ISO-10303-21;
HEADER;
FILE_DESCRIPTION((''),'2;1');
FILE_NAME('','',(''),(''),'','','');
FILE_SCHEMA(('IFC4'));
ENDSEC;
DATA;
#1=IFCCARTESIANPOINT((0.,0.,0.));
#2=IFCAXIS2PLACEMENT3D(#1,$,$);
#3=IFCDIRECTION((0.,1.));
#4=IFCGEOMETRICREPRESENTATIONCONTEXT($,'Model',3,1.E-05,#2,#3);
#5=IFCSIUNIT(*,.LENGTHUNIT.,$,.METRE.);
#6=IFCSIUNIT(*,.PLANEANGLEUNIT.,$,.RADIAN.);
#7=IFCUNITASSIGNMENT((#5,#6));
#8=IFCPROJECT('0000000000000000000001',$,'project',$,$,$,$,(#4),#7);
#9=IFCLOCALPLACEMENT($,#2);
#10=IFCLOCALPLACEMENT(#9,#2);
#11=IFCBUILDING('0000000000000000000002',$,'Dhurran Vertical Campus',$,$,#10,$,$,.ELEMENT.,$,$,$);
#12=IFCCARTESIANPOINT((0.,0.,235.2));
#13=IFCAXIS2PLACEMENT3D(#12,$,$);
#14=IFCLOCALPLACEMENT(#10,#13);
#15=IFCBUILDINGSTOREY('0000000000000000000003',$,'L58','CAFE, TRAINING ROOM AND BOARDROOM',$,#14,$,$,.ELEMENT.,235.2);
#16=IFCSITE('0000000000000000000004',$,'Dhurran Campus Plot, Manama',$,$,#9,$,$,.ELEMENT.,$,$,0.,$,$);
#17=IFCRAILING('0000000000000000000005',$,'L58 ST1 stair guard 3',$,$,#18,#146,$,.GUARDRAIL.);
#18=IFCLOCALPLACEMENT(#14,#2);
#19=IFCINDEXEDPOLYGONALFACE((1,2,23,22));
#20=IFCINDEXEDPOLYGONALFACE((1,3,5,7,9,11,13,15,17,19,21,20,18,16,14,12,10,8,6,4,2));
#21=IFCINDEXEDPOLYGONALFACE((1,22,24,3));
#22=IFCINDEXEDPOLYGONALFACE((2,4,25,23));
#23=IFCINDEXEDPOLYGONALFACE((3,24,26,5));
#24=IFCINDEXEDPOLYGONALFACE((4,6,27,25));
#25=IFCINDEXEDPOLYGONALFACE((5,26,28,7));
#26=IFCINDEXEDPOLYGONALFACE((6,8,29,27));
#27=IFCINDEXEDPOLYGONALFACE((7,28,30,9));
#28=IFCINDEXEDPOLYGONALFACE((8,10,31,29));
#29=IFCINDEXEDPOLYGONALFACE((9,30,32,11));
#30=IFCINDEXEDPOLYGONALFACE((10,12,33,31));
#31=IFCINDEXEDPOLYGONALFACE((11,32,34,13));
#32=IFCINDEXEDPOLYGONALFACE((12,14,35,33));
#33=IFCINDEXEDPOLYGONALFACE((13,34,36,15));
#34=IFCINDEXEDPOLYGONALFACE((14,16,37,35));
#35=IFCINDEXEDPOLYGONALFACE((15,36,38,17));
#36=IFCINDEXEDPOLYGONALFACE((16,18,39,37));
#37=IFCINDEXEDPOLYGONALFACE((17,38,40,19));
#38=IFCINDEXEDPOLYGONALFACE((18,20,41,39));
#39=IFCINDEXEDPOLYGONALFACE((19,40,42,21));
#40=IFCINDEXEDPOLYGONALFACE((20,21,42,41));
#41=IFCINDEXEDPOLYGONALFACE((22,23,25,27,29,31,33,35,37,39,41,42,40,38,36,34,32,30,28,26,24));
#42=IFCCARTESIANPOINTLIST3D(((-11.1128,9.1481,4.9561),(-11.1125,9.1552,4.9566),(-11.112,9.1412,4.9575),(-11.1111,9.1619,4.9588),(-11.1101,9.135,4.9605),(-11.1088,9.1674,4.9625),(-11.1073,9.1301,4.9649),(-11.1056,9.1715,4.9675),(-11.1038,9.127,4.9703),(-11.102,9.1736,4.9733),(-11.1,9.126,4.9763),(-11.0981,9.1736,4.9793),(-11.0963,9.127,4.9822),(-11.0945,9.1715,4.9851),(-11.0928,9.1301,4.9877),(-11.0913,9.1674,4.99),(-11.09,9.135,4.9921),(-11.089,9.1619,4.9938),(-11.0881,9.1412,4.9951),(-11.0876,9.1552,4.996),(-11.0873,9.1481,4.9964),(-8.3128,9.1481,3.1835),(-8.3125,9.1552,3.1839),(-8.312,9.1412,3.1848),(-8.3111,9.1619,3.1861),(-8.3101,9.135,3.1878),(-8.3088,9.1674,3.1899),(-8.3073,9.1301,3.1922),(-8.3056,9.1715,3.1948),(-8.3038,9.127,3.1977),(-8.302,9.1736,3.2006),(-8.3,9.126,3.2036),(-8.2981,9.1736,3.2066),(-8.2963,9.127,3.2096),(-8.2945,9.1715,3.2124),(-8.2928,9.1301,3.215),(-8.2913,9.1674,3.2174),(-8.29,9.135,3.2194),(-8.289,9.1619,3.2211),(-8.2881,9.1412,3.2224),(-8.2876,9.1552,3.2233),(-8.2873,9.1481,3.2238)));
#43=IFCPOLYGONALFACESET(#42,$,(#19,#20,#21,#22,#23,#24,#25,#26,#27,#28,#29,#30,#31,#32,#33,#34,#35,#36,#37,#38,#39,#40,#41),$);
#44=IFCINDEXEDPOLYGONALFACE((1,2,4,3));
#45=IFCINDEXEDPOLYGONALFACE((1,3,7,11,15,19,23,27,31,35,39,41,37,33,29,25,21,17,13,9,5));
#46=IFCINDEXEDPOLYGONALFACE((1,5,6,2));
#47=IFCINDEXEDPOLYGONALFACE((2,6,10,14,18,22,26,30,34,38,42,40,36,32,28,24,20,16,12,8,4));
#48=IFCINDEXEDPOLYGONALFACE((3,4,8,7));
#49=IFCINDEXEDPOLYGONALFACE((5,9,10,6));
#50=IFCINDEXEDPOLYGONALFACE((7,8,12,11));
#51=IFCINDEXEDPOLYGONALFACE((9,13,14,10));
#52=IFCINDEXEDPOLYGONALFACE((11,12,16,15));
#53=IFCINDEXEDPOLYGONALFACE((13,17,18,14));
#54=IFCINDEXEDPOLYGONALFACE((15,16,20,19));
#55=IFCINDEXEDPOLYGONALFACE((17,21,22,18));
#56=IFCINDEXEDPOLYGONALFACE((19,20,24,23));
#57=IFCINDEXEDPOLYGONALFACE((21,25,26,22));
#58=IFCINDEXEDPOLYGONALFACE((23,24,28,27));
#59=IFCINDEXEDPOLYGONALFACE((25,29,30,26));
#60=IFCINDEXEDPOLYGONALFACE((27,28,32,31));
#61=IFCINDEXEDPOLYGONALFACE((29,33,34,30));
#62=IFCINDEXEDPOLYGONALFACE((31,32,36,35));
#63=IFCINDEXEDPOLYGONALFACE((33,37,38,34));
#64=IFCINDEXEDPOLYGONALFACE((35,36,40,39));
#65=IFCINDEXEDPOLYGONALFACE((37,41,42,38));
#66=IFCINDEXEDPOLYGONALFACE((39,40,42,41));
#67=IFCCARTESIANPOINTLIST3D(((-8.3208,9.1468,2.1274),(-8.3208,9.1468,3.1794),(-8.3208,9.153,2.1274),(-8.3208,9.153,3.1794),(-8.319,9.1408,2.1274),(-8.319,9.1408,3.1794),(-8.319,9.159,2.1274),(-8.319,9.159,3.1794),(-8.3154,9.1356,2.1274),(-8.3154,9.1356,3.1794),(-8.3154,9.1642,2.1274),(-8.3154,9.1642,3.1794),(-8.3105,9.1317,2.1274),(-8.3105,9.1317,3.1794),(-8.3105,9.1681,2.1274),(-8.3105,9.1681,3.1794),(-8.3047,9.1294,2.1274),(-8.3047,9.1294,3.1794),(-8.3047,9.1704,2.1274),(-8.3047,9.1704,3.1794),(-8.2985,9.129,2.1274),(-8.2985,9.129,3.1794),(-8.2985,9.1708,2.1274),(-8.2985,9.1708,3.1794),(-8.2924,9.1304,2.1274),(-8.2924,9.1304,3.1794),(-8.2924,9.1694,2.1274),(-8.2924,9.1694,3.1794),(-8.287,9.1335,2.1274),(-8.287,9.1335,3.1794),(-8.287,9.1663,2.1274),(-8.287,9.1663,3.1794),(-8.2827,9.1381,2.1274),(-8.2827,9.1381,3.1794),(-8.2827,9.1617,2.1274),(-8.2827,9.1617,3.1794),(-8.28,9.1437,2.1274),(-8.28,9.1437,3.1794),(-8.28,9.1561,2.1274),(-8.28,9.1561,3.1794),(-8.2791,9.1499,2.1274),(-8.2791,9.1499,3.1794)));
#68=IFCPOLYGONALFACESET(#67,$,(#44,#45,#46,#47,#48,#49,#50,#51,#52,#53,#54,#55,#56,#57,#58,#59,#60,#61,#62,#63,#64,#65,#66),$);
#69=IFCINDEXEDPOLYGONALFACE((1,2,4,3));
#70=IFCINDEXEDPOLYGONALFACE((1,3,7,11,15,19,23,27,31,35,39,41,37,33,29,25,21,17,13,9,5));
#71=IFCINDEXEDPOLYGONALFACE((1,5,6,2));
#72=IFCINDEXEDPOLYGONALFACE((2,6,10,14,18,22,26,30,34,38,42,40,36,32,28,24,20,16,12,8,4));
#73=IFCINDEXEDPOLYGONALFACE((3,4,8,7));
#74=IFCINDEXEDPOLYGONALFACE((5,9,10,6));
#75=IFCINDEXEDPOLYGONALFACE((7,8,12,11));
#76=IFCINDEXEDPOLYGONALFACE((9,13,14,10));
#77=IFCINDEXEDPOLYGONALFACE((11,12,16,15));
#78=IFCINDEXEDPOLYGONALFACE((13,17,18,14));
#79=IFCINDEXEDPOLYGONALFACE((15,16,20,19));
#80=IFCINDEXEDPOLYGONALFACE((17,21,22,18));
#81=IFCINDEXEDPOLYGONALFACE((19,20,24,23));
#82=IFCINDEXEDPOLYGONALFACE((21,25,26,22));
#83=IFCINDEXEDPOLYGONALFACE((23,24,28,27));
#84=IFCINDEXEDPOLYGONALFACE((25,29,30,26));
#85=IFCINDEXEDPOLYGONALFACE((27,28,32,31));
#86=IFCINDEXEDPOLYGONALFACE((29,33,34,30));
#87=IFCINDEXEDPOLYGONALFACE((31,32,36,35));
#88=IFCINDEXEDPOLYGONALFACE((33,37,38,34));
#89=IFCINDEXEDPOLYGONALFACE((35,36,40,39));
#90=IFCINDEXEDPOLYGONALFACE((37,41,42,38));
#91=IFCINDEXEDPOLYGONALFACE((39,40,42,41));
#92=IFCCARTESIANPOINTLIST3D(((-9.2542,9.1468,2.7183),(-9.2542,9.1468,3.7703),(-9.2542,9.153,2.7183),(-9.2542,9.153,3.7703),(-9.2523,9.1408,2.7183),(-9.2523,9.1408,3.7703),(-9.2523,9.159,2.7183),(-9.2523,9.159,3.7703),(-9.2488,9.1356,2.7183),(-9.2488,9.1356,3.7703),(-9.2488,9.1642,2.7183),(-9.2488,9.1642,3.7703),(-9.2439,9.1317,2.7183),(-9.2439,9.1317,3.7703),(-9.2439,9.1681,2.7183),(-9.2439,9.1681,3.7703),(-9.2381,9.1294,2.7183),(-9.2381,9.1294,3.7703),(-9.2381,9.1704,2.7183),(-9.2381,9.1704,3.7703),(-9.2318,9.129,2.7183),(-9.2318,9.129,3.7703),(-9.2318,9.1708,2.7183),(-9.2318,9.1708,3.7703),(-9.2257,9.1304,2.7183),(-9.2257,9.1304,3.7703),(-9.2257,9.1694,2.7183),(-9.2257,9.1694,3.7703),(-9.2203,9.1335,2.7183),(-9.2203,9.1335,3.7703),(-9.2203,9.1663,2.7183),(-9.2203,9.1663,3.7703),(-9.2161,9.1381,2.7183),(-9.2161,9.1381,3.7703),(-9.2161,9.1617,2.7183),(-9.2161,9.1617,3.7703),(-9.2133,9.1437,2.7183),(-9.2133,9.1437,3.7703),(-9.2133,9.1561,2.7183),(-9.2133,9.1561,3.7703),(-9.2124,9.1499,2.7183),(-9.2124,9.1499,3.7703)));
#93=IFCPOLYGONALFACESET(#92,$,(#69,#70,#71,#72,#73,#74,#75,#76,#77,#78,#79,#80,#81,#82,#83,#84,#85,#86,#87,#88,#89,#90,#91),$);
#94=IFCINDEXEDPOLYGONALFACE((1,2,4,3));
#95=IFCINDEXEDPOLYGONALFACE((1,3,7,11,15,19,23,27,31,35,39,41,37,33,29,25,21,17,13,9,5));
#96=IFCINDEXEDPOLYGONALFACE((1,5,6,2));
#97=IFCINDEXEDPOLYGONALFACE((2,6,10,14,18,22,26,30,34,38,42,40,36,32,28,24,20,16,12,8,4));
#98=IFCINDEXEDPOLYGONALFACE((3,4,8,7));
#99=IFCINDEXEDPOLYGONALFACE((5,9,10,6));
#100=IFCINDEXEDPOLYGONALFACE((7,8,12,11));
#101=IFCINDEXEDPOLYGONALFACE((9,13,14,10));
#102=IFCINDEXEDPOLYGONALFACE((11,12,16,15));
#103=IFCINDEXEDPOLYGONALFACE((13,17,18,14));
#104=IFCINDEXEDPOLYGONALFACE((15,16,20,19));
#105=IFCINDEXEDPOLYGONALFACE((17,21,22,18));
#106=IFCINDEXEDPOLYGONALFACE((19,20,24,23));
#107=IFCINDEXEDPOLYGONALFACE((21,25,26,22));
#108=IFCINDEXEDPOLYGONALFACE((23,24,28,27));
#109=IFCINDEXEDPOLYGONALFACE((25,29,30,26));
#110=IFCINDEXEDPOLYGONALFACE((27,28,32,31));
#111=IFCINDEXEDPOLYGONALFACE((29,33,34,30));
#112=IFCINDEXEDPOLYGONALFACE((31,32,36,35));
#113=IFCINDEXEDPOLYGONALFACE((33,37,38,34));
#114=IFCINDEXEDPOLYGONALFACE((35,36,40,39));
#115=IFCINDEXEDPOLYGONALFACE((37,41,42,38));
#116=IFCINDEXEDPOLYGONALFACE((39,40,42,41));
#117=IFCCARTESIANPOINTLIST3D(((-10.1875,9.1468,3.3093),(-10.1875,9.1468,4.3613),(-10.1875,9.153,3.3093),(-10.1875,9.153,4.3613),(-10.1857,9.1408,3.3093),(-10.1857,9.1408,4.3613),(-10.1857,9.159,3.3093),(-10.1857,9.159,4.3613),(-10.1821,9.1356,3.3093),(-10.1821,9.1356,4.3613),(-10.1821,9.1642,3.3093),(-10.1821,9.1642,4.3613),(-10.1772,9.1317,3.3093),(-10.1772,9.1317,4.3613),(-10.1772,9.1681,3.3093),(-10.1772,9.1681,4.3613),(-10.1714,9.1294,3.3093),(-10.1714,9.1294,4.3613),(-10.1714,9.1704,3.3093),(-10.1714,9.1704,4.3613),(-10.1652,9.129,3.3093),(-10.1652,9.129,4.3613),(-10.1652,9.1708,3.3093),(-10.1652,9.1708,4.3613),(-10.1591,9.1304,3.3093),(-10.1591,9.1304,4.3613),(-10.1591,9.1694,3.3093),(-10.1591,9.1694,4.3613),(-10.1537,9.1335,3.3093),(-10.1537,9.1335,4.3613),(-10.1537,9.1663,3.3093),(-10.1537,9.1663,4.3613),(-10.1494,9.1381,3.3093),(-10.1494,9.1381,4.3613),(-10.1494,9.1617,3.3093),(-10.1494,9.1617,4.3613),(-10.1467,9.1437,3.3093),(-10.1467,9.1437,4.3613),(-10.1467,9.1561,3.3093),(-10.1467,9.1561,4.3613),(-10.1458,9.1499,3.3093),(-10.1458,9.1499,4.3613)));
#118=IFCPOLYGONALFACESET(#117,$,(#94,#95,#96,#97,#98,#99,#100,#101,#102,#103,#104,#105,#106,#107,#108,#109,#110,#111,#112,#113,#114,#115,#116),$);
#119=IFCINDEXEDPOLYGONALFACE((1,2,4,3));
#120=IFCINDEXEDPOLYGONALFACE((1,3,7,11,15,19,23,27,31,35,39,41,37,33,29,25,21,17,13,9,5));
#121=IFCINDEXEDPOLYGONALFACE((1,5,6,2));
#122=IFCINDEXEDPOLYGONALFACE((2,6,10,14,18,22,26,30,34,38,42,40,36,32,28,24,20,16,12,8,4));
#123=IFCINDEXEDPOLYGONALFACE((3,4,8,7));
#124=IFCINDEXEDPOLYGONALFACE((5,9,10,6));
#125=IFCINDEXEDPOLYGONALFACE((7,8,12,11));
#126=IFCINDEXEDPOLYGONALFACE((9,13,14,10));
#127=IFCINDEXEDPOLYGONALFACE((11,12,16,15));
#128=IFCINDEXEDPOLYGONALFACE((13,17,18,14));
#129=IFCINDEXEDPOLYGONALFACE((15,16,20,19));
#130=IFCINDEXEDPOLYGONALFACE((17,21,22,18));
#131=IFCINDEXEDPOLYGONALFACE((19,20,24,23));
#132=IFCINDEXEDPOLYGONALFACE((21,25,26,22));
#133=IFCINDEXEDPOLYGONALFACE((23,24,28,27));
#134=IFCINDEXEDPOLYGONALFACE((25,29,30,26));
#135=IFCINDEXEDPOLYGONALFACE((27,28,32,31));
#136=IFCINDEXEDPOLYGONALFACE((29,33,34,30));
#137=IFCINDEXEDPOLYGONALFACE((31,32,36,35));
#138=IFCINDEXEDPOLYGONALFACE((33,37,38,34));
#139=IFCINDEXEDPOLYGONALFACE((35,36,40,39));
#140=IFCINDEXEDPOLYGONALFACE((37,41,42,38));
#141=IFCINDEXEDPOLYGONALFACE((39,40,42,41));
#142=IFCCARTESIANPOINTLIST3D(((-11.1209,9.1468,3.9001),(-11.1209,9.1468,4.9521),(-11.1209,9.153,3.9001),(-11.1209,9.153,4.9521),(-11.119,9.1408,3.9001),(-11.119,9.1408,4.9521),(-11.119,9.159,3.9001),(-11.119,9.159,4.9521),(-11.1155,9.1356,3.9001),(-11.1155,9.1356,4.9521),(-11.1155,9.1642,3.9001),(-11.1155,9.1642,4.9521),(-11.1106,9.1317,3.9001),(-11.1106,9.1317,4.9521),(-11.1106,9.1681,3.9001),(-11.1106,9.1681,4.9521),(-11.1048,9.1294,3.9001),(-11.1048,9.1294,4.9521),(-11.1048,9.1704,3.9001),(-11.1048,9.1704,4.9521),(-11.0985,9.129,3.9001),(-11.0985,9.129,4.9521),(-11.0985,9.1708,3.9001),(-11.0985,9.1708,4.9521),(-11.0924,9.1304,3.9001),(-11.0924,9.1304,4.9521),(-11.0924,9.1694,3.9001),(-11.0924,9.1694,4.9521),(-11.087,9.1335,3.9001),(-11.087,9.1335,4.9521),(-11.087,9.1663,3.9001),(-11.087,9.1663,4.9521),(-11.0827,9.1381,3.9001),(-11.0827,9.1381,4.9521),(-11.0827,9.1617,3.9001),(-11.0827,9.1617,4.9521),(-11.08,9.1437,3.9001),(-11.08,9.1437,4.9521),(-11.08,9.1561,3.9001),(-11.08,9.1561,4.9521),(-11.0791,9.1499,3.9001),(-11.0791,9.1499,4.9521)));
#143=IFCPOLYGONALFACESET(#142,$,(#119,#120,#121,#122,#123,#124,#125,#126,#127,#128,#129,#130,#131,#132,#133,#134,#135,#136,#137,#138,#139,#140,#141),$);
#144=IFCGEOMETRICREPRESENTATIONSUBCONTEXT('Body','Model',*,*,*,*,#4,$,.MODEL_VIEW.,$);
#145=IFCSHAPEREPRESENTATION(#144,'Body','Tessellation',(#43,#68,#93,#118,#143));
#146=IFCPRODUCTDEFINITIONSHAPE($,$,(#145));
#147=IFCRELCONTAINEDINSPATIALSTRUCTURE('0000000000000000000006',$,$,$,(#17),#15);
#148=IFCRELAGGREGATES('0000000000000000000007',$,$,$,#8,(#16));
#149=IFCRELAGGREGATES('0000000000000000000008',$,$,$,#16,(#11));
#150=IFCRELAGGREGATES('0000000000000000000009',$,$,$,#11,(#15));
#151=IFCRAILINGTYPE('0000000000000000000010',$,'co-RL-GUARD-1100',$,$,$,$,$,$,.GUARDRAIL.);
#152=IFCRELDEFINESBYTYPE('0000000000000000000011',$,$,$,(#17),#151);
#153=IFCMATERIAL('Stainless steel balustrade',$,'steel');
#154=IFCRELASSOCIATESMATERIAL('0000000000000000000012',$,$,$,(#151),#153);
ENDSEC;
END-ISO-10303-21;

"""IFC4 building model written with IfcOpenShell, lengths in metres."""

from ifc_helpers import new_model, si_unit, direction, frame, origin, origin_2d, place, context, subcontext, project, spatial, circle, extrude, material, type_object, element, save


model = new_model("IFC4")

# Units and contexts
model_context = context("Model", 3, precision=1e-05, world=origin(), true_north=direction((0.0, 1.0)))
body_context = subcontext(model_context, "Body", "Model", "MODEL_VIEW")
ifc_project = project(units=[si_unit("LENGTHUNIT", "METRE"), si_unit("PLANEANGLEUNIT", "RADIAN")], contexts=[model_context])

# Site, building, storey
site_placement = place(None, origin())
site = spatial("IfcSite", under=ifc_project, at=site_placement, Name="Dhurran Campus Plot, Manama", CompositionType="ELEMENT", RefElevation=0.0)
building_placement = place(site_placement, origin())
building = spatial("IfcBuilding", under=site, at=building_placement, Name="Dhurran Vertical Campus", CompositionType="ELEMENT")
storey_placement = place(building_placement, frame((0.0, 0.0, 235.2)))
storey = spatial("IfcBuildingStorey", under=building, at=storey_placement, Name="L58", Description="CAFE, TRAINING ROOM AND BOARDROOM", CompositionType="ELEMENT", Elevation=235.2)

# Railing
ifc_material_1 = material(Name="Stainless steel balustrade", Category="steel")
railing_type_1 = type_object("IfcRailingType", Name="co-RL-GUARD-1100", PredefinedType="GUARDRAIL", material=ifc_material_1)
railing_1_placement = place(storey_placement, frame((-8.3, 9.1499, 2.1274)))
element("IfcRailing", 1, at=railing_1_placement, inside=storey, type_object=railing_type_1, Name="L58 ST1 stair guard 3", PredefinedType="GUARDRAIL", context=body_context, shape_type="SweptSolid", body=[
    extrude(circle(Radius=0.0239, at=origin_2d()), frame((0.0, 0.0, 1.0762), z_axis=(-0.844909, 0.0, 0.53491), x_axis=(0.0, -1.0, 0.0)), (0.0, 0.0, 1.0), 3.314),
    extrude(circle(Radius=0.021, at=origin_2d()), origin(), (0.0, 0.0, 1.0), 1.052),
    extrude(circle(Radius=0.021, at=origin_2d()), frame((-0.9333, 0.0, 0.5908)), (0.0, 0.0, 1.0), 1.052),
    extrude(circle(Radius=0.021, at=origin_2d()), frame((-1.8667, 0.0, 1.1819)), (0.0, 0.0, 1.0), 1.052),
    extrude(circle(Radius=0.021, at=origin_2d()), frame((-2.8, 0.0, 1.7727)), (0.0, 0.0, 1.0), 1.052),
])

save(model, "model.ifc")
